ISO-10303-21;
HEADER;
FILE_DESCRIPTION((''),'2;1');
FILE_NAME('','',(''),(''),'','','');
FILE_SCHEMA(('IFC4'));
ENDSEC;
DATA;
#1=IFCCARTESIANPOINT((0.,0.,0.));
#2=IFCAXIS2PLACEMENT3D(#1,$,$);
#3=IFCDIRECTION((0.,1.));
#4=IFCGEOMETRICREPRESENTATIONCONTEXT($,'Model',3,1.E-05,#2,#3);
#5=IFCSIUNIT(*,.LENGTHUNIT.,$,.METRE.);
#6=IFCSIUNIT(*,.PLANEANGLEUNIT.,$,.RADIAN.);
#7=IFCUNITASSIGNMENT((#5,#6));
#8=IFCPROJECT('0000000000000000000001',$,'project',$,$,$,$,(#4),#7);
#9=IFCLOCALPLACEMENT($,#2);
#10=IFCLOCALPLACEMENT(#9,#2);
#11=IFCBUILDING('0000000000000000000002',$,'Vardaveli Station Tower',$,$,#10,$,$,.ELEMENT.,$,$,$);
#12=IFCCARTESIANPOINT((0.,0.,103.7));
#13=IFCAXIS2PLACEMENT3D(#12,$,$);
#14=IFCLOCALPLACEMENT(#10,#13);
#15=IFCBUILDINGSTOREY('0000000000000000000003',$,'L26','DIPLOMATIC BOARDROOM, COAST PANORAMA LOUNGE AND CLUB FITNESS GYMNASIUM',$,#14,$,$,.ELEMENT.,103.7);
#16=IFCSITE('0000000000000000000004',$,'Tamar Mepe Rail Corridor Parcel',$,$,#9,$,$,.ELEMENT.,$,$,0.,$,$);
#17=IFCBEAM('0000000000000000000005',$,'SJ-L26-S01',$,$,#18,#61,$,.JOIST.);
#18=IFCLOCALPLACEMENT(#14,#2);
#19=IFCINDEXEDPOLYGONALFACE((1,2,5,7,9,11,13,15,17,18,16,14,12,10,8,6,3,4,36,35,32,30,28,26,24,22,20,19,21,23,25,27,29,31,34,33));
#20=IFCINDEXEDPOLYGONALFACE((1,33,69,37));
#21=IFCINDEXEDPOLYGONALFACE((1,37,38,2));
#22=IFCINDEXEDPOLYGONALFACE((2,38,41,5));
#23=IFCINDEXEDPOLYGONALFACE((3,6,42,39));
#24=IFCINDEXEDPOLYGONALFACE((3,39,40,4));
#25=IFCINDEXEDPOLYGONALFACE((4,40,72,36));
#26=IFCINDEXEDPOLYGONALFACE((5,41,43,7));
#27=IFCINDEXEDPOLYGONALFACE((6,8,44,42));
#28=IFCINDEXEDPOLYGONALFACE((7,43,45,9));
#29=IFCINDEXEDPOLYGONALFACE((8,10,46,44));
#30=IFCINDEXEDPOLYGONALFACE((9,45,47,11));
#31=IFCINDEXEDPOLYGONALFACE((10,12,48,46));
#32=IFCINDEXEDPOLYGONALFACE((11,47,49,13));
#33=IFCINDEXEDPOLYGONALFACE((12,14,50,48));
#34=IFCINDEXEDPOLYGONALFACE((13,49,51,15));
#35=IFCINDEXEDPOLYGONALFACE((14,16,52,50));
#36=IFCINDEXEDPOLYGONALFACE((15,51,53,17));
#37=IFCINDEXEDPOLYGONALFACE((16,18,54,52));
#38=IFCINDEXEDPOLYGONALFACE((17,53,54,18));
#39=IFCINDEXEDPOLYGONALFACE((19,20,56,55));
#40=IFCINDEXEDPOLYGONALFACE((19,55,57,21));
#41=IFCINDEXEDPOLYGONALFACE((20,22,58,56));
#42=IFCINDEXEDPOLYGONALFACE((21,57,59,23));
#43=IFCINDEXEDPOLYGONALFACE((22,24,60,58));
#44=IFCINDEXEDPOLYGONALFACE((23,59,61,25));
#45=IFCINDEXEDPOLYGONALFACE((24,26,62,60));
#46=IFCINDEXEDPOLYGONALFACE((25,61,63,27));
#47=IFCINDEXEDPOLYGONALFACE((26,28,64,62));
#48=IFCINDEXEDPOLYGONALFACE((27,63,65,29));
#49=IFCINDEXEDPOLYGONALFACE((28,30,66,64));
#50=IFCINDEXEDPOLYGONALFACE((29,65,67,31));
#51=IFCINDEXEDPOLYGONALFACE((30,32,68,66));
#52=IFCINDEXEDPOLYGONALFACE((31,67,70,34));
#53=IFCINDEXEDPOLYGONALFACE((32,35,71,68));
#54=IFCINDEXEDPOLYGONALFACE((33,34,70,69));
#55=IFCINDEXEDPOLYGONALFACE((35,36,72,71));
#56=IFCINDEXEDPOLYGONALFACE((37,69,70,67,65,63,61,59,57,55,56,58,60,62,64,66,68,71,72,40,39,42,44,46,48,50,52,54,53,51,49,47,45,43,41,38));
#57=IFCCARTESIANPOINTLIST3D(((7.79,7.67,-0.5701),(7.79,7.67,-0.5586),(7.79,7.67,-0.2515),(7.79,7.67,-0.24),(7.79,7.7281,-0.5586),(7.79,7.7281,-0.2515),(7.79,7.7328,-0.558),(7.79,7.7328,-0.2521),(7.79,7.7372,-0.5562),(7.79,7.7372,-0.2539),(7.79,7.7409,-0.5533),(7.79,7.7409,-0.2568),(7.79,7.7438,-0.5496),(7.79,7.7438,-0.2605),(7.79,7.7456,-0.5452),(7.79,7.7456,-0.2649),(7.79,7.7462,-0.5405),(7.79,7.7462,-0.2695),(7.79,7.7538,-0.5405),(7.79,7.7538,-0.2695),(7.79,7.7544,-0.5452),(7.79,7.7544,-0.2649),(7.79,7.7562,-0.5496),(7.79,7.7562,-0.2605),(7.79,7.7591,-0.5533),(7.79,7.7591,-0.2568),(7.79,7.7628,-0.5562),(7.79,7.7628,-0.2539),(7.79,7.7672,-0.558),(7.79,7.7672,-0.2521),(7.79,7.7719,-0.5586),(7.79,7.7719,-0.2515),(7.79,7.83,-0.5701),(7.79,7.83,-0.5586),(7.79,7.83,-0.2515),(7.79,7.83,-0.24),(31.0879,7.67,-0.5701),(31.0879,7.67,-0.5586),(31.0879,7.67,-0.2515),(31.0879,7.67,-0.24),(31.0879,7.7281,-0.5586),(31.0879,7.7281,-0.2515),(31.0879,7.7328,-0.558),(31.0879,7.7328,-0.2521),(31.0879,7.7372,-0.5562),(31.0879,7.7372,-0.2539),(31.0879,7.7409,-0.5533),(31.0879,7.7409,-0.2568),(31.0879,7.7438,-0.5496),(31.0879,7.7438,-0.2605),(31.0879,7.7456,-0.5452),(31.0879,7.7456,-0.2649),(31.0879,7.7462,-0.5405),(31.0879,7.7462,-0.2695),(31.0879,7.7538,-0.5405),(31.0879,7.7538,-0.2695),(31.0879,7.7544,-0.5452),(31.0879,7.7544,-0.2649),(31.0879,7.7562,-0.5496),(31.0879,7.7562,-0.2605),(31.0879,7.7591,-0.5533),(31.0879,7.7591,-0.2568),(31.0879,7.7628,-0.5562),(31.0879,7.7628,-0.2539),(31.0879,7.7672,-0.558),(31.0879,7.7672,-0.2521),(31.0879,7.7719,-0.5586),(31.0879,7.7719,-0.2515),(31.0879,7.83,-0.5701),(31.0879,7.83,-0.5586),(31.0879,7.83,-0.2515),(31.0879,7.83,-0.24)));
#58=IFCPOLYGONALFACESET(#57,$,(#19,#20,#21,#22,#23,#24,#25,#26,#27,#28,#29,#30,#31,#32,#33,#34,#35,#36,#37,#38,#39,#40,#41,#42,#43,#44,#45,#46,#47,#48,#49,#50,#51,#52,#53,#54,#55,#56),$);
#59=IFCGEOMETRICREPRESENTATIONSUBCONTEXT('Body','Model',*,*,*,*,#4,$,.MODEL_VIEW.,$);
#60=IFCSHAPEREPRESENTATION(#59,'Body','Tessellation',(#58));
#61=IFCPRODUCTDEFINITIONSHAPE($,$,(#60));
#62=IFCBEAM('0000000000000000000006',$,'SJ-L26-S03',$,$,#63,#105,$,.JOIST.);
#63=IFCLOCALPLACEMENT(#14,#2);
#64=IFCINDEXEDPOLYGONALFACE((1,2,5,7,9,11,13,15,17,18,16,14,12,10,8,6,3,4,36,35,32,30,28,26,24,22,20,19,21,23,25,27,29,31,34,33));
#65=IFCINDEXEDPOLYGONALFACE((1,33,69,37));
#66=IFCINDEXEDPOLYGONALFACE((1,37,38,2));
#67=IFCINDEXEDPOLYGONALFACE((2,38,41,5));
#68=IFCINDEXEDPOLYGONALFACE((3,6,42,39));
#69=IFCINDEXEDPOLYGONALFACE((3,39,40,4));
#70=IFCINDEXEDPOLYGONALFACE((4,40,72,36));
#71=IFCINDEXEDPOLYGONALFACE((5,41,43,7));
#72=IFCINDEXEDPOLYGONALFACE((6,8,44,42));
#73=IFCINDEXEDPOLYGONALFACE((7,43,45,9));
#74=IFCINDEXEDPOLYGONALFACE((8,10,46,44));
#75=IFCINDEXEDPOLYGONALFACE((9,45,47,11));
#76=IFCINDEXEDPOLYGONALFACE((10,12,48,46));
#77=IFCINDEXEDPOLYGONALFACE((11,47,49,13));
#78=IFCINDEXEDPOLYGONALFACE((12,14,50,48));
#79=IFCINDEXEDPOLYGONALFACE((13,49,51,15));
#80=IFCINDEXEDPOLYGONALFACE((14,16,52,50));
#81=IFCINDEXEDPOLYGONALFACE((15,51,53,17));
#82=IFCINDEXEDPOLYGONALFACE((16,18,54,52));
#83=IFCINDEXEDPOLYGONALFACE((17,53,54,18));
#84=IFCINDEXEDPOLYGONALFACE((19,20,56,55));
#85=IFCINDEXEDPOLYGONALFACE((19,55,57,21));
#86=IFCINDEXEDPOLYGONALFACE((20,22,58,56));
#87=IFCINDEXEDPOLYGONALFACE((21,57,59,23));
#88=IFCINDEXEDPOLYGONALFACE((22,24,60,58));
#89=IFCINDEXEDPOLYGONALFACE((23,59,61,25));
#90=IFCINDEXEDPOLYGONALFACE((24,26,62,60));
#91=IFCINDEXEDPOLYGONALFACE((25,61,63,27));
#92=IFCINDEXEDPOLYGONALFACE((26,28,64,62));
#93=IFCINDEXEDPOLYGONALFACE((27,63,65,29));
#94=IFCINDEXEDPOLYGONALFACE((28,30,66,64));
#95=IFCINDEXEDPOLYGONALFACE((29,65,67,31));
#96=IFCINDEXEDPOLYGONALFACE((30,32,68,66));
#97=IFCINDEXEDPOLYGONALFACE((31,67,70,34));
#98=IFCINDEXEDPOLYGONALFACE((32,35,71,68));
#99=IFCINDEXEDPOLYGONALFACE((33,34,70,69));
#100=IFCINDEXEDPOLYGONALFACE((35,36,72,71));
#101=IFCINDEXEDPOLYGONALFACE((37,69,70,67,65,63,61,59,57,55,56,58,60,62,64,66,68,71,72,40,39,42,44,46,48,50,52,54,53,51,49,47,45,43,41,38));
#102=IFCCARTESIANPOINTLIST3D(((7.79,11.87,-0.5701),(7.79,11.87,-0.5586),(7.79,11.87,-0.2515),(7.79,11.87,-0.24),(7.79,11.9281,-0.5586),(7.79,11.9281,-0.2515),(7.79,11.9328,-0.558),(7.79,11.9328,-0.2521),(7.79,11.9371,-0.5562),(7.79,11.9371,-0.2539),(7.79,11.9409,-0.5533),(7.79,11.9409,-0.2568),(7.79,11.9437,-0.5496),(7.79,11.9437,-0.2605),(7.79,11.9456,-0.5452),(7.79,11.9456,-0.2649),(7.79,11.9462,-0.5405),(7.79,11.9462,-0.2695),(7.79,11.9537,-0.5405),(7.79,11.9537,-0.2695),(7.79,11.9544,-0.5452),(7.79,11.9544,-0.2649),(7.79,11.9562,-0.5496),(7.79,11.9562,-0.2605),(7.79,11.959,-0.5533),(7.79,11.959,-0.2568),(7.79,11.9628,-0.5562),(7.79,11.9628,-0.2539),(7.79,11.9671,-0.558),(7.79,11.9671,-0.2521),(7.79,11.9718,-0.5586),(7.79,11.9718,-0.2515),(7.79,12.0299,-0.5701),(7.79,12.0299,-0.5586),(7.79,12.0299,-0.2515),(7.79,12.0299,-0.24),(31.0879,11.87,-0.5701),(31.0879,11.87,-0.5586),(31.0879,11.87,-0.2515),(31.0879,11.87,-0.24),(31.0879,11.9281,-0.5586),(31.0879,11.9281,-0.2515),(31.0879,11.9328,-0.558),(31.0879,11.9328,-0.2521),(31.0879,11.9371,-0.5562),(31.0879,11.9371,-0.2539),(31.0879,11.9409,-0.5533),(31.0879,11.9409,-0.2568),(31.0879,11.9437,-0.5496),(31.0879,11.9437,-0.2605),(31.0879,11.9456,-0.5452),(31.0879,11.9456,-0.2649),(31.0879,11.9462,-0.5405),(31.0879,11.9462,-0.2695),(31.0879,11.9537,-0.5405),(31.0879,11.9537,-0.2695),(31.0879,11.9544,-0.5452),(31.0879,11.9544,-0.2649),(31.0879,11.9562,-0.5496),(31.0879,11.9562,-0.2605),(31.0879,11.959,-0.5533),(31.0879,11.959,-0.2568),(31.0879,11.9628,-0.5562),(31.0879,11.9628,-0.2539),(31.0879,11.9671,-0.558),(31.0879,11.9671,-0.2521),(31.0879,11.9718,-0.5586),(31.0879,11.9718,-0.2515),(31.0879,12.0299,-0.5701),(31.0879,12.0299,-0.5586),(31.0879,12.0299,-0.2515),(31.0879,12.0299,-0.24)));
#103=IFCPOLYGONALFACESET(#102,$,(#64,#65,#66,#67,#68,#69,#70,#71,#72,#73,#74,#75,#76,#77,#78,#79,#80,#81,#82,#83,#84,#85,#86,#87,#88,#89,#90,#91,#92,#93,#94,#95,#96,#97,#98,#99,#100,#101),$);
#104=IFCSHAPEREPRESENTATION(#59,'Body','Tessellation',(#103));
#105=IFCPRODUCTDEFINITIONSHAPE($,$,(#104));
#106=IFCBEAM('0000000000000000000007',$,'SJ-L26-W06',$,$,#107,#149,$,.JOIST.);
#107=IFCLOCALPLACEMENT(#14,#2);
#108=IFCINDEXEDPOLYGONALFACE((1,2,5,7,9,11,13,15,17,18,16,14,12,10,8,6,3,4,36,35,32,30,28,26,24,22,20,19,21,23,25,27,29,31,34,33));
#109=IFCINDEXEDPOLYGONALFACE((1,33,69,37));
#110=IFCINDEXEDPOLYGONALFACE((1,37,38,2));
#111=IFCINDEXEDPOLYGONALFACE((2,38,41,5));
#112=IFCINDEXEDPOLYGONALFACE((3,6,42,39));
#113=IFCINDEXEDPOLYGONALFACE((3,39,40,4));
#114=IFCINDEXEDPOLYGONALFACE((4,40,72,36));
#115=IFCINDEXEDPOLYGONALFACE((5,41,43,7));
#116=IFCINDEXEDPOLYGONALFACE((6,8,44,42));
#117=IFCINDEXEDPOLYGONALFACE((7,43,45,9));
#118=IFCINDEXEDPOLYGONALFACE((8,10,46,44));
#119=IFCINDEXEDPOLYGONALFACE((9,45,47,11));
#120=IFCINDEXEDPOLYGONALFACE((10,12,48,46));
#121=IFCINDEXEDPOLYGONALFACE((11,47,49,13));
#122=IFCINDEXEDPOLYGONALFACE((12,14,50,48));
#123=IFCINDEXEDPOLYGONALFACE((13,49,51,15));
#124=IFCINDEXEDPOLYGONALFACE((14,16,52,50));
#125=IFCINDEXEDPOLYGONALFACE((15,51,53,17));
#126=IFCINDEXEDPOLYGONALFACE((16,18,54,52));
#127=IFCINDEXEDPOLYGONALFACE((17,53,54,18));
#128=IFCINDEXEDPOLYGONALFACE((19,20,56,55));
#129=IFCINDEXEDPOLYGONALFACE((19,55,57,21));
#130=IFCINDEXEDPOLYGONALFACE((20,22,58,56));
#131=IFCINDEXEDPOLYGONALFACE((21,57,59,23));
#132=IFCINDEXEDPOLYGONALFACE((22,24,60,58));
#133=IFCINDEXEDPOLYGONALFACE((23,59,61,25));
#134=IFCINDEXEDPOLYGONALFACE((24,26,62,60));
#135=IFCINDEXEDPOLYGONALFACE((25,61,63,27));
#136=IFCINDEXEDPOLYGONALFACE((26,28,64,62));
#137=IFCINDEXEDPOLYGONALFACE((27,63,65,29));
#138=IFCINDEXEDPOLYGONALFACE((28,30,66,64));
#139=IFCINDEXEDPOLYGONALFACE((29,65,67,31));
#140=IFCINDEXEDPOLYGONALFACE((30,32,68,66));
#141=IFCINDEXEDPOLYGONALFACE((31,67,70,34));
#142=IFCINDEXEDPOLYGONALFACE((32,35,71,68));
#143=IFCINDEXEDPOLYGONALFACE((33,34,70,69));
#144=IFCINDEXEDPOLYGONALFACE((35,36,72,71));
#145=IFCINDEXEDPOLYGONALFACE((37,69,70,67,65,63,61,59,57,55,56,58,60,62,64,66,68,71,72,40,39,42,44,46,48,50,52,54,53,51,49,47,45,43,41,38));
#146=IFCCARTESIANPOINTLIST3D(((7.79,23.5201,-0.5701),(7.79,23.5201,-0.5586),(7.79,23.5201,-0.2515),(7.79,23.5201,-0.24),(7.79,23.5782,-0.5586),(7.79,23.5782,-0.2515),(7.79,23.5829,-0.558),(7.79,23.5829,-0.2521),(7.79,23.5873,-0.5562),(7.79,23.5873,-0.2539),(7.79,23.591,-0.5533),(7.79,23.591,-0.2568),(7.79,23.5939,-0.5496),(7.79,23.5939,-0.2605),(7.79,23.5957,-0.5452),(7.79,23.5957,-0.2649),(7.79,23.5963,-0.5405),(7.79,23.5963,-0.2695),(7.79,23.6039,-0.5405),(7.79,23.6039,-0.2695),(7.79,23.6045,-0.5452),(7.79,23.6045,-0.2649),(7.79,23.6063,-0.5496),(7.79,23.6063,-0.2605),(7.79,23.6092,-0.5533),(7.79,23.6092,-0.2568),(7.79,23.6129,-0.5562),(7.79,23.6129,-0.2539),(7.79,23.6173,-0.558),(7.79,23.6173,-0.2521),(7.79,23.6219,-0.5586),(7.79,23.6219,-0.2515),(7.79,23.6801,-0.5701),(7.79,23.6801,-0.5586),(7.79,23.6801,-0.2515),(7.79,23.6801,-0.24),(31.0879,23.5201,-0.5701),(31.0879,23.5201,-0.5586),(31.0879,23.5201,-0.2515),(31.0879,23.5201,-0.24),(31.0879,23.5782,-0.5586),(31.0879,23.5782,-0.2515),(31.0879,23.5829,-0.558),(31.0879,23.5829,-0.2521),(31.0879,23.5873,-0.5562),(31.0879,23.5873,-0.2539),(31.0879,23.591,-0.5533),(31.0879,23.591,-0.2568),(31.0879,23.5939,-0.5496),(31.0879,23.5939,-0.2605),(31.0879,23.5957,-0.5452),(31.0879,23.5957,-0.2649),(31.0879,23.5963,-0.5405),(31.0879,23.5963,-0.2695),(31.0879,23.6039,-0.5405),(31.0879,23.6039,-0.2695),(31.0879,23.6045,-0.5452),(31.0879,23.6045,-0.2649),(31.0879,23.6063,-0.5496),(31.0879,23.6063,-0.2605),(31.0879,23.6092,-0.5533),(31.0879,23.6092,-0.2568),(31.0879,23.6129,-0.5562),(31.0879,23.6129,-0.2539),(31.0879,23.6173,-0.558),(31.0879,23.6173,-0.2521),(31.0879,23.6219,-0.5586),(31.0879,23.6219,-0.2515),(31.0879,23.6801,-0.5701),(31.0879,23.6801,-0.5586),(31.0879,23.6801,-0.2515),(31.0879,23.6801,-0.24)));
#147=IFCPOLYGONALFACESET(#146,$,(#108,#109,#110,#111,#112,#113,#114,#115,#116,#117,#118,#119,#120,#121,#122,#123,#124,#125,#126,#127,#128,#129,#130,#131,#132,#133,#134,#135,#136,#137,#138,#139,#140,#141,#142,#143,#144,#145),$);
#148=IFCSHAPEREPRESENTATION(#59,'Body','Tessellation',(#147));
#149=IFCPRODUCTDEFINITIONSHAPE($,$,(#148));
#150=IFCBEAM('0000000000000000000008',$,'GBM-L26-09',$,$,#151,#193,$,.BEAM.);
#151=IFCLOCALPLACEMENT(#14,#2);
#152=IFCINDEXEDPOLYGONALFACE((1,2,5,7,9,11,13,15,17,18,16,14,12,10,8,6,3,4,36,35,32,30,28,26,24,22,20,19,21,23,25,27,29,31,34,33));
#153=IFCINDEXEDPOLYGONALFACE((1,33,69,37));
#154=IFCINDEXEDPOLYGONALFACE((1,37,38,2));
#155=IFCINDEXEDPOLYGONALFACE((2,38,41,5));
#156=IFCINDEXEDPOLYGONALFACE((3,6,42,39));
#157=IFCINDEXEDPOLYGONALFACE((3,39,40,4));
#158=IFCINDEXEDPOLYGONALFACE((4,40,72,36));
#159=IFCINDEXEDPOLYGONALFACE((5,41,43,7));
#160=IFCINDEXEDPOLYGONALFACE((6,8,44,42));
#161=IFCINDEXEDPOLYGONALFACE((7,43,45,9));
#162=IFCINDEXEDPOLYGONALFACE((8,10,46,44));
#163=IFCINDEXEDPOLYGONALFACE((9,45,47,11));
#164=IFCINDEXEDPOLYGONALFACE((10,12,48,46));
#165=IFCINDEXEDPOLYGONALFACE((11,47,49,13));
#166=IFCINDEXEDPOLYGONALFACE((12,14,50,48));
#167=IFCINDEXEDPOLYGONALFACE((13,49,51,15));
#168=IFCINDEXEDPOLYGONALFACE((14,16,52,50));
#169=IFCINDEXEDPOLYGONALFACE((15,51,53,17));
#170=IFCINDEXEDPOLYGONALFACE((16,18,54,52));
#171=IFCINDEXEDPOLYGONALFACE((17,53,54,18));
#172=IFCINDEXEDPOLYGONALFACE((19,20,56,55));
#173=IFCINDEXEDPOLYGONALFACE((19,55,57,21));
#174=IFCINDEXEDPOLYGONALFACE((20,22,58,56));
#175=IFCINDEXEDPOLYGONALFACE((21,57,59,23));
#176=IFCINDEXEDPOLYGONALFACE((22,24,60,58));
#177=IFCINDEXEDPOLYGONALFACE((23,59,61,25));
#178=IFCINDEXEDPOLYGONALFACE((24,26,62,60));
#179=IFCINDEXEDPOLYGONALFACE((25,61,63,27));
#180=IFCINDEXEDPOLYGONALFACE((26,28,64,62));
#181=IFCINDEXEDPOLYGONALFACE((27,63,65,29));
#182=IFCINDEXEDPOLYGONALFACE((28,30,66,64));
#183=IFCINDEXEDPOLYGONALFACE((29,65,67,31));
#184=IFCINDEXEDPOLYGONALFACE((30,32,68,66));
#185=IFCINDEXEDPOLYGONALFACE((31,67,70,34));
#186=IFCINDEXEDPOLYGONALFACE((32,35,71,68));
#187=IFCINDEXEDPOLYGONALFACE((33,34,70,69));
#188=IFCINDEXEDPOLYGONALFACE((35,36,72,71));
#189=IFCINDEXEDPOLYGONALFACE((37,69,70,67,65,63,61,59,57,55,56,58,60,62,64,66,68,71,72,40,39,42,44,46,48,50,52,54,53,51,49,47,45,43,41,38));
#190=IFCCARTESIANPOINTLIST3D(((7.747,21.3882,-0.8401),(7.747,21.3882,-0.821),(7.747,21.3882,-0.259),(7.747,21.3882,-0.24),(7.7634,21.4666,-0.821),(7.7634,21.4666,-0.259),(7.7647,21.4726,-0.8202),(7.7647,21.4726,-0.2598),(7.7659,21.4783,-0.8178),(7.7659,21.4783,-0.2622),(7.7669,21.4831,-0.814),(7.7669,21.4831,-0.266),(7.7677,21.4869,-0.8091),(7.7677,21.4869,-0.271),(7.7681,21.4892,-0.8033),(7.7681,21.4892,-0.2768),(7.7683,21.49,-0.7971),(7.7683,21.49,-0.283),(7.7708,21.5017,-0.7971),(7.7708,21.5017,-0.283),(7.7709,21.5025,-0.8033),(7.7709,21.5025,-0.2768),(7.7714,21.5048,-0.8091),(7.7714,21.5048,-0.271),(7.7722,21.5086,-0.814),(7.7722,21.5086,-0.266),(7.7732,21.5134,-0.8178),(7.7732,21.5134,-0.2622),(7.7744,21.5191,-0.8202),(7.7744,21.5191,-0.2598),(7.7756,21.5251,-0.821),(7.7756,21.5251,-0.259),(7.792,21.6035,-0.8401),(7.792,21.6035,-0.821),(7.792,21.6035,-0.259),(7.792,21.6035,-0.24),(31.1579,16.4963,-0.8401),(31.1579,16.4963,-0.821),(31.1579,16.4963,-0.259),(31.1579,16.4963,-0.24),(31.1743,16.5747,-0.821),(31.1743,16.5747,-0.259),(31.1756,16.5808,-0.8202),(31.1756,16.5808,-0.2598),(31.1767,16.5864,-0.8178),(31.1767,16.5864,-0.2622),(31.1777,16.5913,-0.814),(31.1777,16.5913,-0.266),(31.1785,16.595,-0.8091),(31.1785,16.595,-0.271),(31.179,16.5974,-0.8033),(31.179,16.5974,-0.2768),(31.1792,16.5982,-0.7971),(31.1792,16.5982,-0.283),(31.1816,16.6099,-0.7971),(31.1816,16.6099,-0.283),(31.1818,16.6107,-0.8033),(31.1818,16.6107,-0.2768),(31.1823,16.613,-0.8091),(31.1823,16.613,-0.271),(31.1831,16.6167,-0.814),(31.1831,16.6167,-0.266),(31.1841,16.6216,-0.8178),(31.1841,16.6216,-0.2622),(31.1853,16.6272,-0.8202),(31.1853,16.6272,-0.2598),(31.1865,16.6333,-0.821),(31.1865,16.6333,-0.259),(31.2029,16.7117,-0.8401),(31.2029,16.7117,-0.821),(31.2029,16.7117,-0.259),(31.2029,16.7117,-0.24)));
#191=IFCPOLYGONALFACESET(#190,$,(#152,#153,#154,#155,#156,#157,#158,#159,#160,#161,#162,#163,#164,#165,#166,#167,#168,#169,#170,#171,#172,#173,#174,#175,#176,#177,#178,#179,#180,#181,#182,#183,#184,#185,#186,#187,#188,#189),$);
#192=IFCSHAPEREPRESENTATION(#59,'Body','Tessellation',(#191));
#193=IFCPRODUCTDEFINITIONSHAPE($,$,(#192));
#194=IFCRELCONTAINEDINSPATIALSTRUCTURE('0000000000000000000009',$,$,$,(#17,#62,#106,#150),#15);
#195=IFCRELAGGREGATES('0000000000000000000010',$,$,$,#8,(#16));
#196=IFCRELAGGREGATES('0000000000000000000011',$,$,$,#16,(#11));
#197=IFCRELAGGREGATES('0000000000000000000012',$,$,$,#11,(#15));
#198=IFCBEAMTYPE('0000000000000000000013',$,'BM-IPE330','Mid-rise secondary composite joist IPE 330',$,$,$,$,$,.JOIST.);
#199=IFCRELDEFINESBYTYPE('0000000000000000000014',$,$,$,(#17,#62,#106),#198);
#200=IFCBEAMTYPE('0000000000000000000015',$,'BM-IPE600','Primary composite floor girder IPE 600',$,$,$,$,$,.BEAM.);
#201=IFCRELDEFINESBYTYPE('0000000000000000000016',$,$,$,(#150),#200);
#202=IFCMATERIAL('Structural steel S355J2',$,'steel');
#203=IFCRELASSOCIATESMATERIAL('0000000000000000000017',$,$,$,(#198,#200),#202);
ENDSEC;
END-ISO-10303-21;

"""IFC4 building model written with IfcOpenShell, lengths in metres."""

from ifc_helpers import new_model, si_unit, direction, frame, origin, origin_2d, place, context, subcontext, project, spatial, i_section, extrude, source, transform, mapped, material, material_profile, profile_set, type_object, element, save


model = new_model("IFC4")

# Units and contexts
model_context = context("Model", 3, precision=1e-05, world=origin(), true_north=direction((0.0, 1.0)))
body_context = subcontext(model_context, "Body", "Model", "MODEL_VIEW")
ifc_project = project(units=[si_unit("LENGTHUNIT", "METRE"), si_unit("PLANEANGLEUNIT", "RADIAN")], contexts=[model_context])

# Site, building, storey
site_placement = place(None, origin())
site = spatial("IfcSite", under=ifc_project, at=site_placement, Name="Tamar Mepe Rail Corridor Parcel", CompositionType="ELEMENT", RefElevation=0.0)
building_placement = place(site_placement, origin())
building = spatial("IfcBuilding", under=site, at=building_placement, Name="Vardaveli Station Tower", CompositionType="ELEMENT")
storey_placement = place(building_placement, frame((0.0, 0.0, 103.7)))
storey = spatial("IfcBuildingStorey", under=building, at=storey_placement, Name="L26", Description="DIPLOMATIC BOARDROOM, COAST PANORAMA LOUNGE AND CLUB FITNESS GYMNASIUM", CompositionType="ELEMENT", Elevation=103.7)

# Beams
ifc_material_1 = material(Name="Structural steel S355J2", Category="steel")
ifc_material_profile_1 = material_profile(ifc_material_1, i_section(OverallWidth=0.1599, OverallDepth=0.3301, WebThickness=0.0076, FlangeThickness=0.0115, FilletRadius=0.0181, at=origin_2d()), Name="IPE 330")
ifc_profile_set_1 = profile_set([ifc_material_profile_1], Name="Structural steel S355J2")
beam_type_1 = type_object("IfcBeamType", Name="BM-IPE330", Description="Mid-rise secondary composite joist IPE 330", PredefinedType="JOIST", material=ifc_profile_set_1)
shared_shape_1 = source(origin(), body_context, "Body", "SweptSolid", [
    extrude(i_section(OverallWidth=0.1599, OverallDepth=0.3301, WebThickness=0.0076, FlangeThickness=0.0115, FilletRadius=0.0181, at=origin_2d()), origin(), (0.0, 0.0, 1.0), 23.2979),
])
for number, where, z_axis, x_axis, name in (
    (1, (7.79, 7.75, -0.405), (1.0, 0.0, 0.0), (0.0, 1.0, 0.0), "SJ-L26-S01"),
    (2, (7.79, 11.95, -0.405), (1.0, 0.0, 0.0), (0.0, 1.0, 0.0), "SJ-L26-S03"),
    (3, (7.79, 23.6001, -0.405), (1.0, 0.0, 0.0), (0.0, 1.0, 0.0), "SJ-L26-W06"),
):
    element("IfcBeam", number, at=place(storey_placement, frame(where, z_axis=z_axis, x_axis=x_axis)), inside=storey, type_object=beam_type_1, Name=name, PredefinedType="JOIST", context=body_context, shape_type="MappedRepresentation", body=[
        mapped(shared_shape_1, transform((0.0, 0.0, 0.0), scale=1.0)),
    ])
ifc_material_profile_2 = material_profile(ifc_material_1, i_section(OverallWidth=0.22, OverallDepth=0.6001, WebThickness=0.012, FlangeThickness=0.019, FilletRadius=0.0239, at=origin_2d()), Name="IPE 600")
ifc_profile_set_2 = profile_set([ifc_material_profile_2], Name="Structural steel S355J2")
beam_type_2 = type_object("IfcBeamType", Name="BM-IPE600", Description="Primary composite floor girder IPE 600", PredefinedType="BEAM", material=ifc_profile_set_2)
shared_shape_2 = source(origin(), body_context, "Body", "SweptSolid", [
    extrude(i_section(OverallWidth=0.22, OverallDepth=0.6001, WebThickness=0.012, FlangeThickness=0.019, FilletRadius=0.0239, at=origin_2d()), origin(), (0.0, 0.0, 1.0), 23.9165),
])
beam_1_placement = place(storey_placement, frame((7.7695, 21.4958, -0.54), z_axis=(0.978859, -0.204538, 0.0), x_axis=(0.204538, 0.978859, 0.0)))
element("IfcBeam", 4, at=beam_1_placement, inside=storey, type_object=beam_type_2, Name="GBM-L26-09", PredefinedType="BEAM", context=body_context, shape_type="MappedRepresentation", body=[
    mapped(shared_shape_2, transform((0.0, 0.0, 0.0), scale=1.0)),
])

save(model, "model.ifc")
